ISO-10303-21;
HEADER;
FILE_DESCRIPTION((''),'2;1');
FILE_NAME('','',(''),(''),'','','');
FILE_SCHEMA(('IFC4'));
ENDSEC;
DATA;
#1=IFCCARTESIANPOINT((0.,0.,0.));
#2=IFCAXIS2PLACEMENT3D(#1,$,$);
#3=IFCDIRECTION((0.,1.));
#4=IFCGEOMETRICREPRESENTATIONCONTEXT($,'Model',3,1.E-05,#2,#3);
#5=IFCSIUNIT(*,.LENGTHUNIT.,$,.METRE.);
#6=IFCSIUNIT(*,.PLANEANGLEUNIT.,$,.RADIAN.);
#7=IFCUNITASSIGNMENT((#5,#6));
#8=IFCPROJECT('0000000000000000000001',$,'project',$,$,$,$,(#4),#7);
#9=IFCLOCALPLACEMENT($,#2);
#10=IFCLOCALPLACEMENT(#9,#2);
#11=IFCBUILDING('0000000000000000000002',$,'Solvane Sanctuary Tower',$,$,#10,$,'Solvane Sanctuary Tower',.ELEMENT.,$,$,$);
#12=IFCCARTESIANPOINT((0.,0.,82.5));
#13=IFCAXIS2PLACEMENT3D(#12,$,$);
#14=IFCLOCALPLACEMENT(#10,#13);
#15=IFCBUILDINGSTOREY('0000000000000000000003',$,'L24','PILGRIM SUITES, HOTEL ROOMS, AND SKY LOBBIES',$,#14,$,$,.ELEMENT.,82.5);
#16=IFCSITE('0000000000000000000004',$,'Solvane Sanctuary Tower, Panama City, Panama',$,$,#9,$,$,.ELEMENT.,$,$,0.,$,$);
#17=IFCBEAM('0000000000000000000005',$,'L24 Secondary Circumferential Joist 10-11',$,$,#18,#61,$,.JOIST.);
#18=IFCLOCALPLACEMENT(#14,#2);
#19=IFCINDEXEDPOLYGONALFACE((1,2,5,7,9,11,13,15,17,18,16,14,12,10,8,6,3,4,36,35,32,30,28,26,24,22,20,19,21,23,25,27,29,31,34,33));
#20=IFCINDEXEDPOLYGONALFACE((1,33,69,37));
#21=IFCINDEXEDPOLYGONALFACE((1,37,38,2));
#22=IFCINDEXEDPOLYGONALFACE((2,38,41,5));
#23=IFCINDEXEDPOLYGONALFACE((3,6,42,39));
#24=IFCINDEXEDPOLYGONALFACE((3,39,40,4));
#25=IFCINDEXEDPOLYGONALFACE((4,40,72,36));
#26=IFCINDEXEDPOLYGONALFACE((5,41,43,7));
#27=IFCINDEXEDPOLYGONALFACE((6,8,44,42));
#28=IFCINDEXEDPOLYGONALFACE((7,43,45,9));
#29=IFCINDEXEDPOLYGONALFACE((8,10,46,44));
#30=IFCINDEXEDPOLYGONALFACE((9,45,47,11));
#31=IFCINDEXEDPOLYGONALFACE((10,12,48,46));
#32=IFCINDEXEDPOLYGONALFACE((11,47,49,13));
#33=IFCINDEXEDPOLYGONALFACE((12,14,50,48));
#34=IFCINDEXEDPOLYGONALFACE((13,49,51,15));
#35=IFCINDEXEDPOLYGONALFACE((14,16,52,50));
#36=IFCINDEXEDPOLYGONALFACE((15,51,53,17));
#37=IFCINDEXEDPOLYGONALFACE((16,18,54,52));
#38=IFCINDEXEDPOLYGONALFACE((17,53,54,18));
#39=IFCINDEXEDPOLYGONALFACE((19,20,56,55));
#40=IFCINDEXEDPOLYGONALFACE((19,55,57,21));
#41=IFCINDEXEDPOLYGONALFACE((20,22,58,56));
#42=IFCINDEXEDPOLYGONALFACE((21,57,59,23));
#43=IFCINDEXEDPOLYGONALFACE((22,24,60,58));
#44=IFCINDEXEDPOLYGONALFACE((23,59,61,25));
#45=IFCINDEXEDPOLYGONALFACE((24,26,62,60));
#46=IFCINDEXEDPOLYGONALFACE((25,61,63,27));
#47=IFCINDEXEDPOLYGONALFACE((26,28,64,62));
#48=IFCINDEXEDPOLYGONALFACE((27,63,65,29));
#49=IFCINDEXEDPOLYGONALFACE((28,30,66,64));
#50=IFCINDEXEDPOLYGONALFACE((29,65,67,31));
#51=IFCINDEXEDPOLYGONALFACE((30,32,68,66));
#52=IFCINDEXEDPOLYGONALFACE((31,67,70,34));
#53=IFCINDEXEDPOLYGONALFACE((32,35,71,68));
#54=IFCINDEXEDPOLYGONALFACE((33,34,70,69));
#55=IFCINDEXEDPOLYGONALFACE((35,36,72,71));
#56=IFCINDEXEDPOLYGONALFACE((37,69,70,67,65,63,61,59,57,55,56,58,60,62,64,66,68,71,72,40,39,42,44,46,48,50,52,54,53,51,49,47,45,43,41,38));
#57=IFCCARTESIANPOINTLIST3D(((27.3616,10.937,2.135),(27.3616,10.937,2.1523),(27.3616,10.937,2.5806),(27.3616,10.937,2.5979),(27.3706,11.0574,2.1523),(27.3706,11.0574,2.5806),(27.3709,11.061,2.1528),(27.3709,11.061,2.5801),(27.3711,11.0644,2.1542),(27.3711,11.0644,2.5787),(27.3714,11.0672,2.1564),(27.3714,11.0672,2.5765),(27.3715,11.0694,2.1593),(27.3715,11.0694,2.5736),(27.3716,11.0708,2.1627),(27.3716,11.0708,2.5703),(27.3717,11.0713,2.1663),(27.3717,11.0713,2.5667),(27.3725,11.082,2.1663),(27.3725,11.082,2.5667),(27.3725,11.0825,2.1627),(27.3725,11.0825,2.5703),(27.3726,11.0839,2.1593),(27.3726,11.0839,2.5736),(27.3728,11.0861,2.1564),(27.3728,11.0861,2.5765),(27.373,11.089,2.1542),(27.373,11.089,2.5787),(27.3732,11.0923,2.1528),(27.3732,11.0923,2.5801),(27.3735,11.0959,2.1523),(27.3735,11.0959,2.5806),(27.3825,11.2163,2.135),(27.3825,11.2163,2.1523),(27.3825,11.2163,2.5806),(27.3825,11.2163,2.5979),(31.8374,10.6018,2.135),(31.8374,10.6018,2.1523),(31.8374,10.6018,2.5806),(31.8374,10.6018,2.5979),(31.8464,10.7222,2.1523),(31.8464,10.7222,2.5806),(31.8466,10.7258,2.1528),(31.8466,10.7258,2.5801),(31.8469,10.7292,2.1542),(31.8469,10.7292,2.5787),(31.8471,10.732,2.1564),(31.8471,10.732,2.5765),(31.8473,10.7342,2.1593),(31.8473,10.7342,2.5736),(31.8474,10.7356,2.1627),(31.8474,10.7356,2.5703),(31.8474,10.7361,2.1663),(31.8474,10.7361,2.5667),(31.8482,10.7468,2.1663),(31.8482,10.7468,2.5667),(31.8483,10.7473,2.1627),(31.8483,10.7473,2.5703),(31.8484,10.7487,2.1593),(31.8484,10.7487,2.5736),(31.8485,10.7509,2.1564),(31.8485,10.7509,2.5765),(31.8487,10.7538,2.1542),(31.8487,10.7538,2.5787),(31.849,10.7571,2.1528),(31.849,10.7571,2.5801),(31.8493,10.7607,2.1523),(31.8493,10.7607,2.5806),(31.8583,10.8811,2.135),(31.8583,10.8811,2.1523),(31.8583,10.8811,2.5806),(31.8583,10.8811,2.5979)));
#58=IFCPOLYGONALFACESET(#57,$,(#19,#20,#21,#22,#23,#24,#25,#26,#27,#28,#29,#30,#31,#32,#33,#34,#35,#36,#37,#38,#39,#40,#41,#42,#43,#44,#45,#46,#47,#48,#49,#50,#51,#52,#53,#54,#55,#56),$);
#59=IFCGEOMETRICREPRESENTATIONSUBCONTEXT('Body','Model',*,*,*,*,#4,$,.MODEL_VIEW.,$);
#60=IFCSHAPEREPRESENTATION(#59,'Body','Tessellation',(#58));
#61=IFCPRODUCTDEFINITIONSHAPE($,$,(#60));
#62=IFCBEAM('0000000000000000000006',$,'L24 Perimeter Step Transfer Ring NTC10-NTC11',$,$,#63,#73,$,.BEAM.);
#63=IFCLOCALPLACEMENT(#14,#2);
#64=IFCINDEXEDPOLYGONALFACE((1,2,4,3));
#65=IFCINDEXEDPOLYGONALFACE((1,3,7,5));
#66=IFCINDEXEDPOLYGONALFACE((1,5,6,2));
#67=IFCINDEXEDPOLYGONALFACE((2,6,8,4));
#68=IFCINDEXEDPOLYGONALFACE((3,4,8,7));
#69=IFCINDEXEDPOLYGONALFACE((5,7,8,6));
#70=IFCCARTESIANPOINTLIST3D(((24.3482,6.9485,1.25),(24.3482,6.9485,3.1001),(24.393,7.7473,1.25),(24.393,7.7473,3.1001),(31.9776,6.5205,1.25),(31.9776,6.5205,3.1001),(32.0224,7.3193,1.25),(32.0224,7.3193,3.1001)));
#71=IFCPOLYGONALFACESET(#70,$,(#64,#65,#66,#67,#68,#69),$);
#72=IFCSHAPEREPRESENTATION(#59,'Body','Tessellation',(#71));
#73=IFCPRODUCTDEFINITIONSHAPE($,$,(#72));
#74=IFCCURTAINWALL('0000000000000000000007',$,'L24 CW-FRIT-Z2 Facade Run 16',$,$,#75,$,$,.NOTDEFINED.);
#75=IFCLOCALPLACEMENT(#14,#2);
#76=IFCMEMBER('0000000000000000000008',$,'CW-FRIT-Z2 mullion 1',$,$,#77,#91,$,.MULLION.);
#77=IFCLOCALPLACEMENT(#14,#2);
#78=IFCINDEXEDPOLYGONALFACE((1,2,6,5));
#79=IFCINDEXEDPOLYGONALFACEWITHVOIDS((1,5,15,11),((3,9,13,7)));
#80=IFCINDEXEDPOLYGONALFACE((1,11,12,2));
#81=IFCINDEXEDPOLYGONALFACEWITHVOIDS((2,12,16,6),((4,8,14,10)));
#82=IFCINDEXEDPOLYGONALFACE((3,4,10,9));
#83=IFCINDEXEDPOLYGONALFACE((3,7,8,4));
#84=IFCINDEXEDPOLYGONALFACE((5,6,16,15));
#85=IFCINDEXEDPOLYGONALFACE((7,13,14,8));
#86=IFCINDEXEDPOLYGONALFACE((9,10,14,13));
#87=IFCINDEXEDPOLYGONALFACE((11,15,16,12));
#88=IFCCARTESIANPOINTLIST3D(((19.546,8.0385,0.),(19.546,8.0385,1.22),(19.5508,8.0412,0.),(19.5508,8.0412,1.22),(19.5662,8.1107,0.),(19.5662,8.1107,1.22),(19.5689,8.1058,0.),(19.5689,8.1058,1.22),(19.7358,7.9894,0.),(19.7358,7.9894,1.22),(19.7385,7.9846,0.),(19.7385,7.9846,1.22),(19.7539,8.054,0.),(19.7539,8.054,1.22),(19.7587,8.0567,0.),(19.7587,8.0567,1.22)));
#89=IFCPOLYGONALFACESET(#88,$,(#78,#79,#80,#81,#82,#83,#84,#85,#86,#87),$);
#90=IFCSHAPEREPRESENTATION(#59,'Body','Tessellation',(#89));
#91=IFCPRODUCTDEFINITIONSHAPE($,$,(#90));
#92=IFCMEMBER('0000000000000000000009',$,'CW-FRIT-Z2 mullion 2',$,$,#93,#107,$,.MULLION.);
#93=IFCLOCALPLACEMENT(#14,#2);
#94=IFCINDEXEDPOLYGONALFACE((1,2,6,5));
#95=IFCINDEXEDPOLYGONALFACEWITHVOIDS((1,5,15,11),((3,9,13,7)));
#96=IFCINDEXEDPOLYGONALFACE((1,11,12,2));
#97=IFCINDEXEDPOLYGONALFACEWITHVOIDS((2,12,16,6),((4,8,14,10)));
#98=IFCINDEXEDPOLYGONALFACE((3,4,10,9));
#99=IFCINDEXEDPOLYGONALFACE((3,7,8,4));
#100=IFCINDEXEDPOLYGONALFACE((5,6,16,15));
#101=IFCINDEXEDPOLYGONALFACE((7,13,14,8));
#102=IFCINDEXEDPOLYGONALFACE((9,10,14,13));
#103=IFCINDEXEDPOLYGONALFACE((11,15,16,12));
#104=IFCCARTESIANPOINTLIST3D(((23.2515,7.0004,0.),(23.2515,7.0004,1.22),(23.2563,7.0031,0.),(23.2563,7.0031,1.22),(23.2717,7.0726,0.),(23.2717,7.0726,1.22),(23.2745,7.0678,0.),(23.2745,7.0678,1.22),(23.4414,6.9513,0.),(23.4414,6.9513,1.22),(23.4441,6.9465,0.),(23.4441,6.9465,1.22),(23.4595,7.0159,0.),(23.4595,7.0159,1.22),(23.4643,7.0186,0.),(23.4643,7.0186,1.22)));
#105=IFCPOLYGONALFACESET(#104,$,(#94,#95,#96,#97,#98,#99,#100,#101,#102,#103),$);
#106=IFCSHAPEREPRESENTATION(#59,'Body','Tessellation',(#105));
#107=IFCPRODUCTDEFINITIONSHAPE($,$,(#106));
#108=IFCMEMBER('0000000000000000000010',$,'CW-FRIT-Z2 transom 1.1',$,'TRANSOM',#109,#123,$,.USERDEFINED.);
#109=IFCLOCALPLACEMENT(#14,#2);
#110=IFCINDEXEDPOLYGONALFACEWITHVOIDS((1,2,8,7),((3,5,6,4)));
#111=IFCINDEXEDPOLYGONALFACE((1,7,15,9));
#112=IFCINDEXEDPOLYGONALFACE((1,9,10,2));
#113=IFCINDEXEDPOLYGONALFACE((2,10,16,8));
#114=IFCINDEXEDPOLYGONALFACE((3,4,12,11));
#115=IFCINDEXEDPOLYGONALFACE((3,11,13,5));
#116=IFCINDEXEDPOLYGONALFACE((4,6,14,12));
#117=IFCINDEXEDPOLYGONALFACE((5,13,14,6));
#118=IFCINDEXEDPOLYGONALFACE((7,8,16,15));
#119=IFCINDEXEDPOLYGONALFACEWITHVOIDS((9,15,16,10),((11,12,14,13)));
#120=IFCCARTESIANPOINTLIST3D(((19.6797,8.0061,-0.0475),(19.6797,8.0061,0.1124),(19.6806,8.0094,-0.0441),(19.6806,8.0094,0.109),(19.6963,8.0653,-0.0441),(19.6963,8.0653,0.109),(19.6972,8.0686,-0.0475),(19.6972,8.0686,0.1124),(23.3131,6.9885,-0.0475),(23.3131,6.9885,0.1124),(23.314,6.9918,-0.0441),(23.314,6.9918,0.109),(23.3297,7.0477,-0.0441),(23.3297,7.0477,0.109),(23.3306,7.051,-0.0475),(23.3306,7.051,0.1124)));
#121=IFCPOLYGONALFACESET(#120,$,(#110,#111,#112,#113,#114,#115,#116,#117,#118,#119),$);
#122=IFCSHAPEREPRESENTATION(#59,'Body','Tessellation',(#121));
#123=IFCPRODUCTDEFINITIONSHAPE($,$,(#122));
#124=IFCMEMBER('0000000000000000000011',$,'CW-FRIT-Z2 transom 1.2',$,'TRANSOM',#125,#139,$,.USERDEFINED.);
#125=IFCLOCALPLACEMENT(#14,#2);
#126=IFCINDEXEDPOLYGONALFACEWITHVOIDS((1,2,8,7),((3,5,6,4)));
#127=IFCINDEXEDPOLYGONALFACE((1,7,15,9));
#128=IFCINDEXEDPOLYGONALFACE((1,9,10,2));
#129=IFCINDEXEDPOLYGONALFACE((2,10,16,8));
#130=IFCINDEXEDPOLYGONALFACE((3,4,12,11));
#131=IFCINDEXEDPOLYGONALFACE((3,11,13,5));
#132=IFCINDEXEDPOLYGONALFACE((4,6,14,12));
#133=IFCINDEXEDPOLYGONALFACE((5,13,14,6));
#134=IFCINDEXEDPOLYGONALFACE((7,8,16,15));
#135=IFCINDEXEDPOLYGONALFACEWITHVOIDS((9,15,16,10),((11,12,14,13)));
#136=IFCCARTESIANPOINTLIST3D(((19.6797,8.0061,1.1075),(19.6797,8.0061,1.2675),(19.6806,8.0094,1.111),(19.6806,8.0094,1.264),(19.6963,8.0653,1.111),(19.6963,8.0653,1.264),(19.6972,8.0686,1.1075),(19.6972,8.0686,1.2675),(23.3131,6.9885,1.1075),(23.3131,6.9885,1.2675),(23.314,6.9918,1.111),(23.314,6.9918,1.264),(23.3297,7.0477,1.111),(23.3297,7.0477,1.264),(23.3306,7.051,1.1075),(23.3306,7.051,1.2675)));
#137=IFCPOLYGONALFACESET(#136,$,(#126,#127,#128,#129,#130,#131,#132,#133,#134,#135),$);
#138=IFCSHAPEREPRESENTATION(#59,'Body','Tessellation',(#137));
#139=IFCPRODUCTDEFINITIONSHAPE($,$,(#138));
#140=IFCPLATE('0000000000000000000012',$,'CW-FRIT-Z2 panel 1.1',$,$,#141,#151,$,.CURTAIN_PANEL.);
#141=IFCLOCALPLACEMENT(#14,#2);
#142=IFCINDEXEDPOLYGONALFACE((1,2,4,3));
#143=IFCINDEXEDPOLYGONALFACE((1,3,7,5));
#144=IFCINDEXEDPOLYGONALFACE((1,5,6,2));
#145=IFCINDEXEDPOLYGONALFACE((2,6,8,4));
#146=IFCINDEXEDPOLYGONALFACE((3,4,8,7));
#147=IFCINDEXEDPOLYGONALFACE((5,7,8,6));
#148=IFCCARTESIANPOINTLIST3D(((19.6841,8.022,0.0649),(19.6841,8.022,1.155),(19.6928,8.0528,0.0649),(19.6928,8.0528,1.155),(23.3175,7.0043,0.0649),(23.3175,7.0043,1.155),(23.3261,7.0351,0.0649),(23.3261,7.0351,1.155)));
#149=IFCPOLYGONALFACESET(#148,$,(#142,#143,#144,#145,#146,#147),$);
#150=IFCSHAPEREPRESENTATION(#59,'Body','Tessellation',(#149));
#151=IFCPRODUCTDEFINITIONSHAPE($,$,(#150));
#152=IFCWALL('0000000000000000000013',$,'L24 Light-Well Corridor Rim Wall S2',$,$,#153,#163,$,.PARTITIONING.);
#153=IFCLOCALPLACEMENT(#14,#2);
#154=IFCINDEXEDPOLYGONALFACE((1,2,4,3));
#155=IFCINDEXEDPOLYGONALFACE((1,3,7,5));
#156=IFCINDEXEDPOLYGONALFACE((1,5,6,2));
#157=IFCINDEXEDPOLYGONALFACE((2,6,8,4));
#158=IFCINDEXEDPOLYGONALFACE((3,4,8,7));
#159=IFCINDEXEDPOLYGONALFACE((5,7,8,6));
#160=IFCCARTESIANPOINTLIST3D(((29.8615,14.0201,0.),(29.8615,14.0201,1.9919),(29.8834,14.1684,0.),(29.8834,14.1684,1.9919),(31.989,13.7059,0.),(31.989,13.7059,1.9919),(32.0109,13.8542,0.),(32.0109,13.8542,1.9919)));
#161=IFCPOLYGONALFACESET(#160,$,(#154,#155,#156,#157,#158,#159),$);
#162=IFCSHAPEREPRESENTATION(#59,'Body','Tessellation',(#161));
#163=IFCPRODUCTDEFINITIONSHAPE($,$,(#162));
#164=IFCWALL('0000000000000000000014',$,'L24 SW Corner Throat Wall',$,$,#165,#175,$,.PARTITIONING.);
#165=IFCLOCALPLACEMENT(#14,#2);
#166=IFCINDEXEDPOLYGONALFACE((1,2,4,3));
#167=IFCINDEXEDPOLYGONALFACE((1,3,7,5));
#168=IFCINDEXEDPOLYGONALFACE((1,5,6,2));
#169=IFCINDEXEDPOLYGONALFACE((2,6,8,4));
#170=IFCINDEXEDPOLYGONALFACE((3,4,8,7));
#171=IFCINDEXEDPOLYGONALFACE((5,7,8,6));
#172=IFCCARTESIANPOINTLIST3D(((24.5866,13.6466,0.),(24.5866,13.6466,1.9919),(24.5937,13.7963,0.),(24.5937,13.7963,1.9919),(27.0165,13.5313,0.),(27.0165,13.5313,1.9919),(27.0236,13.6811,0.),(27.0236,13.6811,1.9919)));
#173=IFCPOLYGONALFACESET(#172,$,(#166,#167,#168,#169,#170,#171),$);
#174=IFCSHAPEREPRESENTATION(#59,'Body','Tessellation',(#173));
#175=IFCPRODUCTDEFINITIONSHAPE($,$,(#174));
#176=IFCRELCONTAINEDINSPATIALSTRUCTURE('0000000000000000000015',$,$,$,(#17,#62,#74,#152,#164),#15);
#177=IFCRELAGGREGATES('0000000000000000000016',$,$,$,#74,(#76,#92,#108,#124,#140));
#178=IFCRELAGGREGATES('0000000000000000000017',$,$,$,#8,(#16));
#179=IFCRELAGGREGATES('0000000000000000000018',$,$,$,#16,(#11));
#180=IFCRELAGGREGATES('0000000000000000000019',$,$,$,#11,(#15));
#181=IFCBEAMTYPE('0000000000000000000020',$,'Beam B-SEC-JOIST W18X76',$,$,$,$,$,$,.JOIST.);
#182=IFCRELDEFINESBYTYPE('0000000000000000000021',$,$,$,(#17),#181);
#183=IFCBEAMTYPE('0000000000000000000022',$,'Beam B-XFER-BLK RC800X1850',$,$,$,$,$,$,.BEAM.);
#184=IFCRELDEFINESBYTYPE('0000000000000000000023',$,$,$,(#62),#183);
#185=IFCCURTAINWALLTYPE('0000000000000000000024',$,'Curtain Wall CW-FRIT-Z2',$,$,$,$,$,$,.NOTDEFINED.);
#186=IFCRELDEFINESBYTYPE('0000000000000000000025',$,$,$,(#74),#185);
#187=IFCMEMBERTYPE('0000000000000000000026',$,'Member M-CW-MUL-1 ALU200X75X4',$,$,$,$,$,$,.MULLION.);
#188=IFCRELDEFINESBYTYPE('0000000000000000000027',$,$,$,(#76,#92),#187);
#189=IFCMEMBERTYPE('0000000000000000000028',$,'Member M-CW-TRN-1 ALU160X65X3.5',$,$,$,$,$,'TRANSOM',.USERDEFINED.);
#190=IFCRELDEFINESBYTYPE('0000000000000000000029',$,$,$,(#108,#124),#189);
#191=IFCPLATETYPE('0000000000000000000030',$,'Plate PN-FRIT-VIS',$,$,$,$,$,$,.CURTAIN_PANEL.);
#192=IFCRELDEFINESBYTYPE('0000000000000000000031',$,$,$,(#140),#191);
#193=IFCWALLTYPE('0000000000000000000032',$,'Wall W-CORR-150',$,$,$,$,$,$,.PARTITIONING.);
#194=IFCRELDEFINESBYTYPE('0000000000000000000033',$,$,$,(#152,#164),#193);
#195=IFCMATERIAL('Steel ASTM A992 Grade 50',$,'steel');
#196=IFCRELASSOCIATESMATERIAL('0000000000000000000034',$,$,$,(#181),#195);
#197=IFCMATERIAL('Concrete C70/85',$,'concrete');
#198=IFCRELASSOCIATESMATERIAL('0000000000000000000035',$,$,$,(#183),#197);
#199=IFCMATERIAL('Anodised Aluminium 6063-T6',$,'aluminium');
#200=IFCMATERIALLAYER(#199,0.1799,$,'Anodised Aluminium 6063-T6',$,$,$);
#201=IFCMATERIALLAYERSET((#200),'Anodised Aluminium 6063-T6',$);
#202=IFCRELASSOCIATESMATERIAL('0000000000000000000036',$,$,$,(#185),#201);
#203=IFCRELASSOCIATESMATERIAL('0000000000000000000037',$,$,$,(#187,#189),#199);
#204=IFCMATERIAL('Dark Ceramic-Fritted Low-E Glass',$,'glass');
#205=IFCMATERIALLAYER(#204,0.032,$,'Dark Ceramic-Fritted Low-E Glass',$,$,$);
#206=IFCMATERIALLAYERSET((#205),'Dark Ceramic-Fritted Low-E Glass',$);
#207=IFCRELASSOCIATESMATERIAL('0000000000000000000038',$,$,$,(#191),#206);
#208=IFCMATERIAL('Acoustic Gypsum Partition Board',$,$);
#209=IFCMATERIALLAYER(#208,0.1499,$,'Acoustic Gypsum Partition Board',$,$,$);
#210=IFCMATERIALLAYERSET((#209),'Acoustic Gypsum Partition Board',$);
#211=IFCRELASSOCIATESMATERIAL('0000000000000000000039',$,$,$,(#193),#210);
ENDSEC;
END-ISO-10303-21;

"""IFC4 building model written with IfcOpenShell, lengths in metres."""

from ifc_helpers import new_model, si_unit, direction, frame, frame_2d, origin, origin_2d, place, context, subcontext, project, spatial, rectangle, hollow_rectangle, i_section, extrude, material, layer, layer_set, material_profile, profile_set, type_object, element, aggregate, save


model = new_model("IFC4")

# Units and contexts
model_context = context("Model", 3, precision=1e-05, world=origin(), true_north=direction((0.0, 1.0)))
body_context = subcontext(model_context, "Body", "Model", "MODEL_VIEW")
ifc_project = project(units=[si_unit("LENGTHUNIT", "METRE"), si_unit("PLANEANGLEUNIT", "RADIAN")], contexts=[model_context])

# Site, building, storey
site_placement = place(None, origin())
site = spatial("IfcSite", under=ifc_project, at=site_placement, Name="Solvane Sanctuary Tower, Panama City, Panama", CompositionType="ELEMENT", RefElevation=0.0)
building_placement = place(site_placement, origin())
building = spatial("IfcBuilding", under=site, at=building_placement, Name="Solvane Sanctuary Tower", LongName="Solvane Sanctuary Tower", CompositionType="ELEMENT")
storey_placement = place(building_placement, frame((0.0, 0.0, 82.5)))
storey = spatial("IfcBuildingStorey", under=building, at=storey_placement, Name="L24", Description="PILGRIM SUITES, HOTEL ROOMS, AND SKY LOBBIES", CompositionType="ELEMENT", Elevation=82.5)

# Beams
ifc_material_1 = material(Name="Steel ASTM A992 Grade 50", Category="steel")
ifc_material_profile_1 = material_profile(ifc_material_1, i_section(OverallWidth=0.28, OverallDepth=0.4629, WebThickness=0.0107, FlangeThickness=0.0173, FilletRadius=0.0139, at=origin_2d()), Name="W18X76")
ifc_profile_set_1 = profile_set([ifc_material_profile_1], Name="Steel ASTM A992 Grade 50")
beam_type_1 = type_object("IfcBeamType", Name="Beam B-SEC-JOIST W18X76", PredefinedType="JOIST", material=ifc_profile_set_1)
beam_1_placement = place(storey_placement, frame((27.3721, 11.0767, 2.3665), z_axis=(0.997207, -0.074683, 0.0), x_axis=(0.074683, 0.997207, 0.0)))
element("IfcBeam", 1, at=beam_1_placement, inside=storey, type_object=beam_type_1, Name="L24 Secondary Circumferential Joist 10-11", PredefinedType="JOIST", context=body_context, shape_type="SweptSolid", body=[
    extrude(i_section(OverallWidth=0.28, OverallDepth=0.4629, WebThickness=0.0107, FlangeThickness=0.0173, FilletRadius=0.0139, at=origin_2d()), origin(), (0.0, 0.0, 1.0), 4.4883),
])
ifc_material_2 = material(Name="Concrete C70/85", Category="concrete")
ifc_material_profile_2 = material_profile(ifc_material_2, rectangle(XDim=0.8, YDim=1.8501, at=origin_2d()), Name="RC800X1850")
ifc_profile_set_2 = profile_set([ifc_material_profile_2], Name="Concrete C70/85")
beam_type_2 = type_object("IfcBeamType", Name="Beam B-XFER-BLK RC800X1850", PredefinedType="BEAM", material=ifc_profile_set_2)
beam_2_placement = place(storey_placement, frame((24.3706, 7.3479, 2.175), z_axis=(0.99843, -0.056008, 0.0), x_axis=(0.056008, 0.99843, 0.0)))
element("IfcBeam", 2, at=beam_2_placement, inside=storey, type_object=beam_type_2, Name="L24 Perimeter Step Transfer Ring NTC10-NTC11", PredefinedType="BEAM", context=body_context, shape_type="SweptSolid", body=[
    extrude(rectangle(XDim=0.8, YDim=1.8501, at=origin_2d()), origin(), (0.0, 0.0, 1.0), 7.6414),
])

# Curtain wall, members, plate
ifc_material_3 = material(Name="Anodised Aluminium 6063-T6", Category="aluminium")
ifc_layer_1 = layer(ifc_material_3, 0.1799, Name="Anodised Aluminium 6063-T6")
ifc_layer_set_1 = layer_set([ifc_layer_1], Name="Anodised Aluminium 6063-T6")
curtain_wall_type = type_object("IfcCurtainWallType", Name="Curtain Wall CW-FRIT-Z2", PredefinedType="NOTDEFINED", material=ifc_layer_set_1)
curtain_wall_placement = place(storey_placement, origin())
curtain_wall = element("IfcCurtainWall", 3, at=curtain_wall_placement, inside=storey, type_object=curtain_wall_type, Name="L24 CW-FRIT-Z2 Facade Run 16", PredefinedType="NOTDEFINED")
ifc_material_profile_3 = material_profile(ifc_material_3, hollow_rectangle(XDim=0.075, YDim=0.2, WallThickness=0.0039, at=origin_2d()), Name="ALU200X75X4")
ifc_profile_set_3 = profile_set([ifc_material_profile_3], Name="Anodised Aluminium 6063-T6")
member_type_1 = type_object("IfcMemberType", Name="Member M-CW-MUL-1 ALU200X75X4", PredefinedType="MULLION", material=ifc_profile_set_3)
member_1_placement = place(storey_placement, frame((19.6523, 8.0476, 0.0), z_axis=(0.0, 0.0, 1.0), x_axis=(0.269705, 0.962943, 0.0)))
member_1 = element("IfcMember", 4, at=member_1_placement, type_object=member_type_1, Name="CW-FRIT-Z2 mullion 1", PredefinedType="MULLION", context=body_context, shape_type="SweptSolid", body=[
    extrude(hollow_rectangle(XDim=0.075, YDim=0.2, WallThickness=0.0039, at=origin_2d()), origin(), (0.0, 0.0, 1.0), 1.22),
])
member_2_placement = place(storey_placement, frame((23.3579, 7.0095, 0.0), z_axis=(0.0, 0.0, 1.0), x_axis=(0.269705, 0.962943, 0.0)))
member_2 = element("IfcMember", 5, at=member_2_placement, type_object=member_type_1, Name="CW-FRIT-Z2 mullion 2", PredefinedType="MULLION", context=body_context, shape_type="SweptSolid", body=[
    extrude(hollow_rectangle(XDim=0.075, YDim=0.2, WallThickness=0.0039, at=origin_2d()), origin(), (0.0, 0.0, 1.0), 1.22),
])
ifc_material_profile_4 = material_profile(ifc_material_3, hollow_rectangle(XDim=0.0649, YDim=0.1599, WallThickness=0.0034, at=origin_2d()), Name="ALU160X65X3.5")
ifc_profile_set_4 = profile_set([ifc_material_profile_4], Name="Anodised Aluminium 6063-T6")
member_type_2 = type_object("IfcMemberType", Name="Member M-CW-TRN-1 ALU160X65X3.5", ElementType="TRANSOM", PredefinedType="USERDEFINED", material=ifc_profile_set_4)
member_3_placement = place(storey_placement, frame((19.6885, 8.0374, 0.0325), z_axis=(0.962947, -0.269692, 0.0), x_axis=(0.269692, 0.962947, 0.0)))
member_3 = element("IfcMember", 6, at=member_3_placement, type_object=member_type_2, Name="CW-FRIT-Z2 transom 1.1", ObjectType="TRANSOM", PredefinedType="USERDEFINED", context=body_context, shape_type="SweptSolid", body=[
    extrude(hollow_rectangle(XDim=0.0649, YDim=0.1599, WallThickness=0.0034, at=origin_2d()), origin(), (0.0, 0.0, 1.0), 3.7732),
])
member_4_placement = place(storey_placement, frame((19.6885, 8.0374, 1.1875), z_axis=(0.962947, -0.269692, 0.0), x_axis=(0.269692, 0.962947, 0.0)))
member_4 = element("IfcMember", 7, at=member_4_placement, type_object=member_type_2, Name="CW-FRIT-Z2 transom 1.2", ObjectType="TRANSOM", PredefinedType="USERDEFINED", context=body_context, shape_type="SweptSolid", body=[
    extrude(hollow_rectangle(XDim=0.0649, YDim=0.1599, WallThickness=0.0034, at=origin_2d()), origin(), (0.0, 0.0, 1.0), 3.7732),
])
ifc_material_4 = material(Name="Dark Ceramic-Fritted Low-E Glass", Category="glass")
ifc_layer_2 = layer(ifc_material_4, 0.032, Name="Dark Ceramic-Fritted Low-E Glass")
ifc_layer_set_2 = layer_set([ifc_layer_2], Name="Dark Ceramic-Fritted Low-E Glass")
plate_type = type_object("IfcPlateType", Name="Plate PN-FRIT-VIS", PredefinedType="CURTAIN_PANEL", material=ifc_layer_set_2)
plate_placement = place(storey_placement, frame((21.5051, 7.5286, 0.0649), z_axis=(0.0, 0.0, 1.0), x_axis=(0.962943, -0.269705, 0.0)))
plate = element("IfcPlate", 8, at=plate_placement, type_object=plate_type, Name="CW-FRIT-Z2 panel 1.1", PredefinedType="CURTAIN_PANEL", context=body_context, shape_type="SweptSolid", body=[
    extrude(rectangle(XDim=3.7732, YDim=0.032, at=origin_2d()), origin(), (0.0, 0.0, 1.0), 1.0901),
])
aggregate(curtain_wall, [member_1, member_2, member_3, member_4, plate])

# Walls
ifc_material_5 = material(Name="Acoustic Gypsum Partition Board")
ifc_layer_3 = layer(ifc_material_5, 0.1499, Name="Acoustic Gypsum Partition Board")
ifc_layer_set_3 = layer_set([ifc_layer_3], Name="Acoustic Gypsum Partition Board")
wall_type_1 = type_object("IfcWallType", Name="Wall W-CORR-150", PredefinedType="PARTITIONING", material=ifc_layer_set_3)
wall_1_placement = place(storey_placement, frame((29.8726, 14.0942, 0.0), z_axis=(0.0, 0.0, 1.0), x_axis=(0.989269, -0.146108, 0.0)))
element("IfcWall", 9, at=wall_1_placement, inside=storey, type_object=wall_type_1, Name="L24 Light-Well Corridor Rim Wall S2", PredefinedType="PARTITIONING", context=body_context, shape_type="SweptSolid", body=[
    extrude(rectangle(XDim=2.1506, YDim=0.1499, at=frame_2d((1.0752, 0.0))), origin(), (0.0, 0.0, 1.0), 1.9919),
])
wall_2_placement = place(storey_placement, frame((27.02, 13.6062, 0.0), z_axis=(0.0, 0.0, 1.0), x_axis=(-0.998877, 0.04737, 0.0)))
element("IfcWall", 10, at=wall_2_placement, inside=storey, type_object=wall_type_1, Name="L24 SW Corner Throat Wall", PredefinedType="PARTITIONING", context=body_context, shape_type="SweptSolid", body=[
    extrude(rectangle(XDim=2.4326, YDim=0.1499, at=frame_2d((1.2163, 0.0))), origin(), (0.0, 0.0, 1.0), 1.9919),
])

save(model, "model.ifc")
